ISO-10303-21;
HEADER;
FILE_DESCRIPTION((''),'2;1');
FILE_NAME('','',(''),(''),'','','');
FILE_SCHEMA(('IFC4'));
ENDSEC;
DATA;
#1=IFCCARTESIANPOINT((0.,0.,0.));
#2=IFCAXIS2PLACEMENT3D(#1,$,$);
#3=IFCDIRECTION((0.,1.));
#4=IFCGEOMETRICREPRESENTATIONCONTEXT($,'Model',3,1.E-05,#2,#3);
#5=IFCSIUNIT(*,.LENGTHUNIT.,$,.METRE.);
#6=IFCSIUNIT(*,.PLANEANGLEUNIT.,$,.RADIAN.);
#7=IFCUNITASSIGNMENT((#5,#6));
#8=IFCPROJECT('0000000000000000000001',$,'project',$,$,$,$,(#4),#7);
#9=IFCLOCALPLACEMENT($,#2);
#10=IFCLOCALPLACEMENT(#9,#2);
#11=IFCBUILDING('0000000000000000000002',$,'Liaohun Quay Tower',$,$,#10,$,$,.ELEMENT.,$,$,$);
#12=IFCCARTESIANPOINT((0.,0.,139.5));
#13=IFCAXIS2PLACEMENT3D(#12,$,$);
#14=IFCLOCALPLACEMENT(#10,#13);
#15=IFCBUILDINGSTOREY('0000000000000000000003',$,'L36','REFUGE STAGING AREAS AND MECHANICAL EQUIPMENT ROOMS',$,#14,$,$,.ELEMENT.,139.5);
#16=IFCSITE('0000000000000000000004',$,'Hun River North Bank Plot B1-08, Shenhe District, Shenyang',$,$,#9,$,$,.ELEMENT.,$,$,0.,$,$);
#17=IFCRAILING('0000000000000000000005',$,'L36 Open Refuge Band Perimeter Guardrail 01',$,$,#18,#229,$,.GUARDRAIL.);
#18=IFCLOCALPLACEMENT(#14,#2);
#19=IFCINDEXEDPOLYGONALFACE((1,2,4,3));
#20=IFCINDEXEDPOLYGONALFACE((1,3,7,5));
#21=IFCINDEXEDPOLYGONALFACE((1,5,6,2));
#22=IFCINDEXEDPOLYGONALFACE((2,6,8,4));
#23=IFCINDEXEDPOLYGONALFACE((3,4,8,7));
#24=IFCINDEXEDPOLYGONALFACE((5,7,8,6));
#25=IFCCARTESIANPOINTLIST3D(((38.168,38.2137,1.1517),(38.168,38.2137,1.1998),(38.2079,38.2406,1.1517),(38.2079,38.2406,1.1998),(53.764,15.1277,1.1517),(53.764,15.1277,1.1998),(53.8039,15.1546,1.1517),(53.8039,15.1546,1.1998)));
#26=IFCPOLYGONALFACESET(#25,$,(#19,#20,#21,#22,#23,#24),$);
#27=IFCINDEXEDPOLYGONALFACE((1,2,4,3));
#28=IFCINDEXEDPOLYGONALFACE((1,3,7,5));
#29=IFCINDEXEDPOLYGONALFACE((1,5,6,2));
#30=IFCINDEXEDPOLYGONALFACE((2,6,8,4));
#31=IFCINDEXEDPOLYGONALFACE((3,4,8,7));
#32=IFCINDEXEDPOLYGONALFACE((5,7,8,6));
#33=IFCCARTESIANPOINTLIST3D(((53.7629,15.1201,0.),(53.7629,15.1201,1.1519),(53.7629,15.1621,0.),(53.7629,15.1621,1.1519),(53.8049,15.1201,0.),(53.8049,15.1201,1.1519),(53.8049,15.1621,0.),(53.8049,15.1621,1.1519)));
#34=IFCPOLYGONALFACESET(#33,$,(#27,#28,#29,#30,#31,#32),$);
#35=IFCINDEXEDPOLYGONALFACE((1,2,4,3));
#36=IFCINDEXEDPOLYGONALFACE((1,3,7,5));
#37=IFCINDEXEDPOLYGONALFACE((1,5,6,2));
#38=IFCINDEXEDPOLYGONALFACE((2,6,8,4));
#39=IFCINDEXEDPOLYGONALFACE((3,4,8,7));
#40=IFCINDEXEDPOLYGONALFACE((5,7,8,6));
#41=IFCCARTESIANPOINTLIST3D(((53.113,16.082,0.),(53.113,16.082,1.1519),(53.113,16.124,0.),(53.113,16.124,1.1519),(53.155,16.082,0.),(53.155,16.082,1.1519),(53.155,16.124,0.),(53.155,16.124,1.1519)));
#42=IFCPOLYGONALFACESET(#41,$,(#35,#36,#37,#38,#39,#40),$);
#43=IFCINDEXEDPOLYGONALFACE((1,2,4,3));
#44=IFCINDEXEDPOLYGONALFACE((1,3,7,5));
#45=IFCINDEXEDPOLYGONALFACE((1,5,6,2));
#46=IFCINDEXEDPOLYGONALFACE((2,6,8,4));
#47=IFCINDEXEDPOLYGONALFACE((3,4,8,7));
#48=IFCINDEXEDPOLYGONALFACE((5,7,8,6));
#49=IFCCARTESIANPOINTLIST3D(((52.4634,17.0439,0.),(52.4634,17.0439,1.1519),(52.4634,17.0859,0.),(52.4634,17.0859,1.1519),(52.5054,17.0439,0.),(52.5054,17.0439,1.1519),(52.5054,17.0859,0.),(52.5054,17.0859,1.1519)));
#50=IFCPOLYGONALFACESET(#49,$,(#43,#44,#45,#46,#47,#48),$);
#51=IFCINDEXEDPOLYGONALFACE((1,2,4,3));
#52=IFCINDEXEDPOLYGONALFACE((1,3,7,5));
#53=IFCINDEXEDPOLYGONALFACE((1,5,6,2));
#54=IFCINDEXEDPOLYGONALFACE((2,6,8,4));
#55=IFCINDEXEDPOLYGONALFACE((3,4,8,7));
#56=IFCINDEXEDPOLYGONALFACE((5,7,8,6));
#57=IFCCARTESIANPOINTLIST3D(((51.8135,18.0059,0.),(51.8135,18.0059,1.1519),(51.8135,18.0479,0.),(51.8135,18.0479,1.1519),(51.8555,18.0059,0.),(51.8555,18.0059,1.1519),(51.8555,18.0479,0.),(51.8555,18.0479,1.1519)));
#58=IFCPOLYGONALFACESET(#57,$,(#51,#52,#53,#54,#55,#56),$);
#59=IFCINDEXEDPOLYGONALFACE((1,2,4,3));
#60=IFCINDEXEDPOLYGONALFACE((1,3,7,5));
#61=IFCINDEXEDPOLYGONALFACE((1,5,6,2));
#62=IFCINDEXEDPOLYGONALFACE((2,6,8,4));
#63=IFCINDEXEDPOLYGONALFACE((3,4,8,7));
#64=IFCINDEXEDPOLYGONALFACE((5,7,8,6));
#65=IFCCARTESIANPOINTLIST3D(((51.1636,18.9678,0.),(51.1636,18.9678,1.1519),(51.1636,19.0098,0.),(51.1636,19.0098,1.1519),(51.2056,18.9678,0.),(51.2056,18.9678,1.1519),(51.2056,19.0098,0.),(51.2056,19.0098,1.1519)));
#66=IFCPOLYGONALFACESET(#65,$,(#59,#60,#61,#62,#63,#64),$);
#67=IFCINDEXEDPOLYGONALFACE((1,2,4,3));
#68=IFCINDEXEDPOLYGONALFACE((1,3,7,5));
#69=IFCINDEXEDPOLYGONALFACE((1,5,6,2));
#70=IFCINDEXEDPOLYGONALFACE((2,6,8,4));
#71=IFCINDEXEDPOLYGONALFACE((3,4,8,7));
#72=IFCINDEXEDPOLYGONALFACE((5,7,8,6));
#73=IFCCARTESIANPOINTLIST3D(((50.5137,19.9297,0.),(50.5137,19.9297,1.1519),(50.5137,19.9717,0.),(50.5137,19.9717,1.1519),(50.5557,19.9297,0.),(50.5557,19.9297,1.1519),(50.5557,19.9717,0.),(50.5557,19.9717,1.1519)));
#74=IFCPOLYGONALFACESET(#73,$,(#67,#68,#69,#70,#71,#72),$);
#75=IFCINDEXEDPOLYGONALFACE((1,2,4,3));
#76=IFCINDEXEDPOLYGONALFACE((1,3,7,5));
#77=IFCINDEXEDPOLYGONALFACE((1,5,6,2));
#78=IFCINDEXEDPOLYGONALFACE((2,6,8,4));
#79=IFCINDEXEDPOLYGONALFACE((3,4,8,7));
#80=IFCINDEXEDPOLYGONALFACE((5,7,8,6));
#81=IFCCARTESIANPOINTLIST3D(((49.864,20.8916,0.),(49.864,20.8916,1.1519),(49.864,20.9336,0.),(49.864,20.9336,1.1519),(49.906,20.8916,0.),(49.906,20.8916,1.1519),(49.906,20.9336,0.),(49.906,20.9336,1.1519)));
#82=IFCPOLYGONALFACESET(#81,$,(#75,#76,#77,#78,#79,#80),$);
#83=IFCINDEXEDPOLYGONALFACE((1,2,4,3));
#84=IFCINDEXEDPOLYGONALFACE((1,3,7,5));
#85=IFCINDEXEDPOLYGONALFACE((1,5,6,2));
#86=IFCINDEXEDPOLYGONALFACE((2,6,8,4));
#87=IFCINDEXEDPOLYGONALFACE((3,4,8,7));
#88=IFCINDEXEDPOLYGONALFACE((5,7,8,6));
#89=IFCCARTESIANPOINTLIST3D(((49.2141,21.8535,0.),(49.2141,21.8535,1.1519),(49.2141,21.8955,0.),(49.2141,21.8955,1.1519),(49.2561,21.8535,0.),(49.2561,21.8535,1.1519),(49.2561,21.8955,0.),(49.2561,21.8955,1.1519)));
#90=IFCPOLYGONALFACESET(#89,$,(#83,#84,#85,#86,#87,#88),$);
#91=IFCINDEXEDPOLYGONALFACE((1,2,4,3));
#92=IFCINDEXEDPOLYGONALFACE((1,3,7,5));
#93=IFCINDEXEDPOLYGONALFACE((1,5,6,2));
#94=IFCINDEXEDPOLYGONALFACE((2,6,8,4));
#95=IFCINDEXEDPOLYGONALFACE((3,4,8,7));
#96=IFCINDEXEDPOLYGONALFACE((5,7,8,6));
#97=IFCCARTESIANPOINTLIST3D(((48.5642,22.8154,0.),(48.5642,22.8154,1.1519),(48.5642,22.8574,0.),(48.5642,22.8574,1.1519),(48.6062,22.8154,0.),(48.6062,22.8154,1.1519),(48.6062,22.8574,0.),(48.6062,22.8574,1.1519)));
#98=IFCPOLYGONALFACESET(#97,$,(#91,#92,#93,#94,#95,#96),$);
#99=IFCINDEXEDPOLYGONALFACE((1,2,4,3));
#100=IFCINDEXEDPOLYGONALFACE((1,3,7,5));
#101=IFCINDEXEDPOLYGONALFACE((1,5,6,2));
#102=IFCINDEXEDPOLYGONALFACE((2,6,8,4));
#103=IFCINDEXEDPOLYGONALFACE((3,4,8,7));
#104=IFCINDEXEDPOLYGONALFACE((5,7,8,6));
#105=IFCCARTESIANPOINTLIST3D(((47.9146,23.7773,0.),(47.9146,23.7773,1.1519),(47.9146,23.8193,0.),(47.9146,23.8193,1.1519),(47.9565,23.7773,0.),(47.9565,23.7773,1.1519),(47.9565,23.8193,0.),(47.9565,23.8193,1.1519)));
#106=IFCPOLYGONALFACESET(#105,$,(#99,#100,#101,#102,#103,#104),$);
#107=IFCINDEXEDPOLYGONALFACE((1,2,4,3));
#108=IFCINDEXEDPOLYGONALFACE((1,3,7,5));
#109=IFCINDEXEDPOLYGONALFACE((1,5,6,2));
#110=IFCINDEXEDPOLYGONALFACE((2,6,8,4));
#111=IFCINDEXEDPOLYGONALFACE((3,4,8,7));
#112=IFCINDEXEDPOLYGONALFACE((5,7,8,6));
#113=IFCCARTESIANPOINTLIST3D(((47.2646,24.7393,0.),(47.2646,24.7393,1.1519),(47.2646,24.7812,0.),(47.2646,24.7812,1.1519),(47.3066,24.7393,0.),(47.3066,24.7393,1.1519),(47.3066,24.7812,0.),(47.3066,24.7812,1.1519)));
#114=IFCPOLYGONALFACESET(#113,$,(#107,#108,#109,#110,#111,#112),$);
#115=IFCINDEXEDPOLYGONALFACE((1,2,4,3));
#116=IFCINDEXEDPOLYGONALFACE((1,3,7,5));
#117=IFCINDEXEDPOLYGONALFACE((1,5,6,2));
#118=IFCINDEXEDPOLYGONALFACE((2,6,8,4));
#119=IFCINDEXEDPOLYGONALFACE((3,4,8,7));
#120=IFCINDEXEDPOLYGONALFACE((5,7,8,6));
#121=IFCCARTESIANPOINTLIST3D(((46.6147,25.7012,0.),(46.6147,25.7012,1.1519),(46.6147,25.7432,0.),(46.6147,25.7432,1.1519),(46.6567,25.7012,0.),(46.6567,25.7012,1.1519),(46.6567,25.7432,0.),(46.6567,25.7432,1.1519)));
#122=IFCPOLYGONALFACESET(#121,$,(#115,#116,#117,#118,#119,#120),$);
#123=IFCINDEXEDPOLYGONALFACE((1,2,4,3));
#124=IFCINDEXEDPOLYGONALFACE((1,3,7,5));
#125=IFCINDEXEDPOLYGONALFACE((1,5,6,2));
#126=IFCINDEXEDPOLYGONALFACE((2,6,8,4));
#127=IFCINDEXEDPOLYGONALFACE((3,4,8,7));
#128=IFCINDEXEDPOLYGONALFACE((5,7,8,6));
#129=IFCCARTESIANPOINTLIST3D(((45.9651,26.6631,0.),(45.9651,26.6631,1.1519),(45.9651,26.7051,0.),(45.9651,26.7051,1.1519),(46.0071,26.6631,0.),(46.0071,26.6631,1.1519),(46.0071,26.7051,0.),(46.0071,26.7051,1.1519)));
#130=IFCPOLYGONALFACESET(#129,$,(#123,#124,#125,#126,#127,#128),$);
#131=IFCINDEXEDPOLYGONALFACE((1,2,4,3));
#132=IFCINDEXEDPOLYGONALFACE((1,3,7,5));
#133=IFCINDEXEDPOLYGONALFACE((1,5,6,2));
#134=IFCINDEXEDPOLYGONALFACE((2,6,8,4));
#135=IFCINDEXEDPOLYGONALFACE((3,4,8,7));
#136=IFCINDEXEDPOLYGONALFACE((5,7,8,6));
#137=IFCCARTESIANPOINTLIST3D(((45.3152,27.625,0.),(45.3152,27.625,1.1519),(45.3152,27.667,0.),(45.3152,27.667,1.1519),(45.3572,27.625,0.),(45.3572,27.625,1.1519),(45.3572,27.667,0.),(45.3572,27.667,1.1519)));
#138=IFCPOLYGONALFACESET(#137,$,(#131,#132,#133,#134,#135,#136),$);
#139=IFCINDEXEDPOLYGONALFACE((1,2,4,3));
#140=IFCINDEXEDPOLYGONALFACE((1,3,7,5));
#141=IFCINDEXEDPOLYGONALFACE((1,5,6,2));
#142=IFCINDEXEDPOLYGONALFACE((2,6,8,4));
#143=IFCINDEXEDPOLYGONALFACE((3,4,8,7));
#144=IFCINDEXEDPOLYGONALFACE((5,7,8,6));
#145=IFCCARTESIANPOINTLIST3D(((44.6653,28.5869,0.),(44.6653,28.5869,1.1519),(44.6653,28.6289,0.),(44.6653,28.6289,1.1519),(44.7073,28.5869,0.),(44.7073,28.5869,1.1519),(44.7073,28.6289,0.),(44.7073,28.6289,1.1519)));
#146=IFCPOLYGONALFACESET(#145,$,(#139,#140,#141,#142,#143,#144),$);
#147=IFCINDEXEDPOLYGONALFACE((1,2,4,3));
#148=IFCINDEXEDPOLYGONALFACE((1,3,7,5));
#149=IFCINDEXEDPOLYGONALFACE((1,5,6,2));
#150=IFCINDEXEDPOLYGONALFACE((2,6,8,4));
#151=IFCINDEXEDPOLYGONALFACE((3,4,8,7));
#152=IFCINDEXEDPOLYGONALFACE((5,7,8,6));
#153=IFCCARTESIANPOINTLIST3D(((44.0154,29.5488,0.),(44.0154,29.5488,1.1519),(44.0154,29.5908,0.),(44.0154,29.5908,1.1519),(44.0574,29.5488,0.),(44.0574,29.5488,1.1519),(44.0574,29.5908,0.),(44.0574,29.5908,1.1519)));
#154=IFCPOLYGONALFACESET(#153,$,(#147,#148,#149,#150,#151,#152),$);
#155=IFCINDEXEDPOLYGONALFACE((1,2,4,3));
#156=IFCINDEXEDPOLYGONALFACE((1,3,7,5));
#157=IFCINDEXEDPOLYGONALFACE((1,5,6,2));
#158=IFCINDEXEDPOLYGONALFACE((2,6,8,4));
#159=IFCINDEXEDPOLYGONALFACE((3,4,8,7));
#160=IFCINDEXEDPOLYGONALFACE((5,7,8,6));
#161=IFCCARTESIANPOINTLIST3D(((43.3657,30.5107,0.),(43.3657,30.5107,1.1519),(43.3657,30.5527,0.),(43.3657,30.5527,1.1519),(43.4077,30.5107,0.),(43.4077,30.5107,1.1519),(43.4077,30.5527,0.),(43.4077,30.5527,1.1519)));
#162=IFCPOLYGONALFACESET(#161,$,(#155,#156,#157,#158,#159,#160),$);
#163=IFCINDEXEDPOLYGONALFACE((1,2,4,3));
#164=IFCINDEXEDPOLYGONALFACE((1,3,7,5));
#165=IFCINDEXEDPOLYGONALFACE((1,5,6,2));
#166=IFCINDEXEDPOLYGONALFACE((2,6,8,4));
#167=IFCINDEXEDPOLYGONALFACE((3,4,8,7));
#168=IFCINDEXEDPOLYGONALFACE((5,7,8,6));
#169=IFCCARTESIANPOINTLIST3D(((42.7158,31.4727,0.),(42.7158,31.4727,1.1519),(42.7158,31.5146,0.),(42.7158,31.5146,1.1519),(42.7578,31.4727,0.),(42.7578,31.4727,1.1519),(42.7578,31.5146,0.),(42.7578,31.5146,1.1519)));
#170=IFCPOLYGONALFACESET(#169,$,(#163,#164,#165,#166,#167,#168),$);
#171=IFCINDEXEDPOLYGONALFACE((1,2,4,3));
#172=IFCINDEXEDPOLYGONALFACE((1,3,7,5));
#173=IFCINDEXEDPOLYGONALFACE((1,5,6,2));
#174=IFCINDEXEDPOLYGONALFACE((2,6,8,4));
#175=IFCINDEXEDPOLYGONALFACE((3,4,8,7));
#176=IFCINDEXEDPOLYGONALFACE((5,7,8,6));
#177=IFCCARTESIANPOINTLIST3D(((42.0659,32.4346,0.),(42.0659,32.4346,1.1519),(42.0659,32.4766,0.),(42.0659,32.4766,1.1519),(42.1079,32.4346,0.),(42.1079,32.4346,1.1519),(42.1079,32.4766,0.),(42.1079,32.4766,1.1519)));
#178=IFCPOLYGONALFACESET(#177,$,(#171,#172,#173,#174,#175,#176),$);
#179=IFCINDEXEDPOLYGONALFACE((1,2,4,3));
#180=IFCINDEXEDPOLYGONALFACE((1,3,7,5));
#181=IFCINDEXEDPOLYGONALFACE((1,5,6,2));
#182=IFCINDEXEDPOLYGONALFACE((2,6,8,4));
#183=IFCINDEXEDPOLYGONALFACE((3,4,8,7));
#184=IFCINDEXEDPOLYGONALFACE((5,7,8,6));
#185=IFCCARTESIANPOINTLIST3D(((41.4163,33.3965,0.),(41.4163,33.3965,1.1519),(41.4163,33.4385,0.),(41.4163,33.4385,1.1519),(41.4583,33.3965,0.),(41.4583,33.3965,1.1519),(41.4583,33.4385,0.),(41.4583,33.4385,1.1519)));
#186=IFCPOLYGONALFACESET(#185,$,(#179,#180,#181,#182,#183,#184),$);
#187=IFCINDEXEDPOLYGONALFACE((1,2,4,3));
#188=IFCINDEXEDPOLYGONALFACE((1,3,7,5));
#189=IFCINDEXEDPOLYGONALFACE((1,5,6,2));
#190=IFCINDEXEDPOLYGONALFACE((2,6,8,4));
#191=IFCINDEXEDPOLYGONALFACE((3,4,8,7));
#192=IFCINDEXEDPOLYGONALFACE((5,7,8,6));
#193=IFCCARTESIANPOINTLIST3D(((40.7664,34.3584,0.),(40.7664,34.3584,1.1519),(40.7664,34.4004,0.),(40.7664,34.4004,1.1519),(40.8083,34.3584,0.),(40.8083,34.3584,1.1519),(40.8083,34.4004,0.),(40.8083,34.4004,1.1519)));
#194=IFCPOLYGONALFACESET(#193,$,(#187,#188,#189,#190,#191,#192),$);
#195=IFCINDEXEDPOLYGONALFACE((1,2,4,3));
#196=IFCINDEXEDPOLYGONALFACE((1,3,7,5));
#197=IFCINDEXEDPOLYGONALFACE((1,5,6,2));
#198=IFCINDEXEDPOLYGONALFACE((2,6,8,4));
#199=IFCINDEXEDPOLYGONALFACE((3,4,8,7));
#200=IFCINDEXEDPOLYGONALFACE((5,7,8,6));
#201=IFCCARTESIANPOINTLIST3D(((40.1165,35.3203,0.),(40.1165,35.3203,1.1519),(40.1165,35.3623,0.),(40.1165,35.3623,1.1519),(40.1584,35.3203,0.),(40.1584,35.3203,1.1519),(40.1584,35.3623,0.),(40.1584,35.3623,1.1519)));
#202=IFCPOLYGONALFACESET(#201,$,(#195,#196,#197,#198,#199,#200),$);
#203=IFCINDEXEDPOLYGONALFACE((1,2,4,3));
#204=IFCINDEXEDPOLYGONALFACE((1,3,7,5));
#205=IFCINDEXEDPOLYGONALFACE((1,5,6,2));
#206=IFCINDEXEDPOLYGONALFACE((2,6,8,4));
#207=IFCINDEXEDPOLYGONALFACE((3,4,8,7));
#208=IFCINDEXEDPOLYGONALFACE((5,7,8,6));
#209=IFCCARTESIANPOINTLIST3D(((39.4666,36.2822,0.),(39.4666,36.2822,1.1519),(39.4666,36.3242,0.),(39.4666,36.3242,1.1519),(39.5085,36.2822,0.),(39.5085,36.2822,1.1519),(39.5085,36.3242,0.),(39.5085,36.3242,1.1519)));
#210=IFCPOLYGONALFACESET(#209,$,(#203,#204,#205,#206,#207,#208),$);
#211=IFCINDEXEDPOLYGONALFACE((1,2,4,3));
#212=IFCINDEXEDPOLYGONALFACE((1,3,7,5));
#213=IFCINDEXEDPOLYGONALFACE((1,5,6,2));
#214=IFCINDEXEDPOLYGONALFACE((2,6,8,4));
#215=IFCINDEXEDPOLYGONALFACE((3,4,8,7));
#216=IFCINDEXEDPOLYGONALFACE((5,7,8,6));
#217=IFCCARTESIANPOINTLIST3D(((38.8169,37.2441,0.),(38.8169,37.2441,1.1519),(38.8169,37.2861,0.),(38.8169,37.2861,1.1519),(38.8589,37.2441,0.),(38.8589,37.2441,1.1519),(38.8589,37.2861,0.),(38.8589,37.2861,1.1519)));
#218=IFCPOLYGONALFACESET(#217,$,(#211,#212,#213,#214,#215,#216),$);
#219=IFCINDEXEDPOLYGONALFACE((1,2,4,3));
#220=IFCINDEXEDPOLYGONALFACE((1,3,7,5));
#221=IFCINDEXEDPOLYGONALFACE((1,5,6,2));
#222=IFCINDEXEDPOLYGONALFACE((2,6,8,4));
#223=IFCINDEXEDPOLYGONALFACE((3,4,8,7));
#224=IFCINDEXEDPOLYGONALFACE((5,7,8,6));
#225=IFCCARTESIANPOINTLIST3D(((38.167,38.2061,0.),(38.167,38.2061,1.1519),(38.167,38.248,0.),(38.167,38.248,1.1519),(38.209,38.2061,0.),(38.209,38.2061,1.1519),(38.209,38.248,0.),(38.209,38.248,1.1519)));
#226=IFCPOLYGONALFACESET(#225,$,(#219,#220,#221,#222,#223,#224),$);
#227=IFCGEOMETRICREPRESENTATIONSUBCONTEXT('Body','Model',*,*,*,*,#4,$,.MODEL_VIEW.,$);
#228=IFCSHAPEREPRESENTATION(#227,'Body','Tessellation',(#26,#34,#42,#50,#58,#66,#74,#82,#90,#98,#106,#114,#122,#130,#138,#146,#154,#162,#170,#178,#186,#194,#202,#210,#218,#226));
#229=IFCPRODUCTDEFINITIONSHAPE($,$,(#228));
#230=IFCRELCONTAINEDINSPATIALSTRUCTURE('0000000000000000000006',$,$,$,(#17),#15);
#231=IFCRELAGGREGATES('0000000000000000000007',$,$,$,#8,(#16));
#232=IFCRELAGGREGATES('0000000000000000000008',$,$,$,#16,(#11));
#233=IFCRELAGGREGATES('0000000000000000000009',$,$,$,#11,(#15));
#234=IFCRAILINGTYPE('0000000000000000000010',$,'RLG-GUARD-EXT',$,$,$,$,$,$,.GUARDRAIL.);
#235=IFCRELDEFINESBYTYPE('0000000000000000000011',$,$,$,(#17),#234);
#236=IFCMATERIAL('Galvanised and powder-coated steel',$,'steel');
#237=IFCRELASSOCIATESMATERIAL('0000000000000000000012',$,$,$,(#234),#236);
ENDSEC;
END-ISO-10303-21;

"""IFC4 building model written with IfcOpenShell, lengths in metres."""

from ifc_helpers import new_model, si_unit, direction, frame, origin, origin_2d, place, context, subcontext, project, spatial, rectangle, extrude, material, type_object, element, save


model = new_model("IFC4")

# Units and contexts
model_context = context("Model", 3, precision=1e-05, world=origin(), true_north=direction((0.0, 1.0)))
body_context = subcontext(model_context, "Body", "Model", "MODEL_VIEW")
ifc_project = project(units=[si_unit("LENGTHUNIT", "METRE"), si_unit("PLANEANGLEUNIT", "RADIAN")], contexts=[model_context])

# Site, building, storey
site_placement = place(None, origin())
site = spatial("IfcSite", under=ifc_project, at=site_placement, Name="Hun River North Bank Plot B1-08, Shenhe District, Shenyang", CompositionType="ELEMENT", RefElevation=0.0)
building_placement = place(site_placement, origin())
building = spatial("IfcBuilding", under=site, at=building_placement, Name="Liaohun Quay Tower", CompositionType="ELEMENT")
storey_placement = place(building_placement, frame((0.0, 0.0, 139.5)))
storey = spatial("IfcBuildingStorey", under=building, at=storey_placement, Name="L36", Description="REFUGE STAGING AREAS AND MECHANICAL EQUIPMENT ROOMS", CompositionType="ELEMENT", Elevation=139.5)

# Railing
ifc_material_1 = material(Name="Galvanised and powder-coated steel", Category="steel")
railing_type_1 = type_object("IfcRailingType", Name="RLG-GUARD-EXT", PredefinedType="GUARDRAIL", material=ifc_material_1)
railing_1_placement = place(storey_placement, frame((53.7839, 15.1411, 0.0)))
element("IfcRailing", 1, at=railing_1_placement, inside=storey, type_object=railing_type_1, Name="L36 Open Refuge Band Perimeter Guardrail 01", PredefinedType="GUARDRAIL", context=body_context, shape_type="SweptSolid", body=[
    extrude(rectangle(XDim=0.0481, YDim=0.0481, at=origin_2d()), frame((0.0, 0.0, 1.1758), z_axis=(-0.559792, 0.828633, 0.0), x_axis=(-0.828633, -0.559792, 0.0)), (0.0, 0.0, 1.0), 27.8604),
    extrude(rectangle(XDim=0.042, YDim=0.042, at=origin_2d()), origin(), (0.0, 0.0, 1.0), 1.1519),
    extrude(rectangle(XDim=0.042, YDim=0.042, at=origin_2d()), frame((-0.6499, 0.9619, 0.0)), (0.0, 0.0, 1.0), 1.1519),
    extrude(rectangle(XDim=0.042, YDim=0.042, at=origin_2d()), frame((-1.2996, 1.9238, 0.0)), (0.0, 0.0, 1.0), 1.1519),
    extrude(rectangle(XDim=0.042, YDim=0.042, at=origin_2d()), frame((-1.9495, 2.8857, 0.0)), (0.0, 0.0, 1.0), 1.1519),
    extrude(rectangle(XDim=0.042, YDim=0.042, at=origin_2d()), frame((-2.5994, 3.8477, 0.0)), (0.0, 0.0, 1.0), 1.1519),
    extrude(rectangle(XDim=0.042, YDim=0.042, at=origin_2d()), frame((-3.2493, 4.8096, 0.0)), (0.0, 0.0, 1.0), 1.1519),
    extrude(rectangle(XDim=0.042, YDim=0.042, at=origin_2d()), frame((-3.8989, 5.7715, 0.0)), (0.0, 0.0, 1.0), 1.1519),
    extrude(rectangle(XDim=0.042, YDim=0.042, at=origin_2d()), frame((-4.5488, 6.7334, 0.0)), (0.0, 0.0, 1.0), 1.1519),
    extrude(rectangle(XDim=0.042, YDim=0.042, at=origin_2d()), frame((-5.1987, 7.6953, 0.0)), (0.0, 0.0, 1.0), 1.1519),
    extrude(rectangle(XDim=0.042, YDim=0.042, at=origin_2d()), frame((-5.8484, 8.6572, 0.0)), (0.0, 0.0, 1.0), 1.1519),
    extrude(rectangle(XDim=0.042, YDim=0.042, at=origin_2d()), frame((-6.4983, 9.6191, 0.0)), (0.0, 0.0, 1.0), 1.1519),
    extrude(rectangle(XDim=0.042, YDim=0.042, at=origin_2d()), frame((-7.1482, 10.5811, 0.0)), (0.0, 0.0, 1.0), 1.1519),
    extrude(rectangle(XDim=0.042, YDim=0.042, at=origin_2d()), frame((-7.7979, 11.543, 0.0)), (0.0, 0.0, 1.0), 1.1519),
    extrude(rectangle(XDim=0.042, YDim=0.042, at=origin_2d()), frame((-8.4478, 12.5049, 0.0)), (0.0, 0.0, 1.0), 1.1519),
    extrude(rectangle(XDim=0.042, YDim=0.042, at=origin_2d()), frame((-9.0977, 13.4668, 0.0)), (0.0, 0.0, 1.0), 1.1519),
    extrude(rectangle(XDim=0.042, YDim=0.042, at=origin_2d()), frame((-9.7476, 14.4287, 0.0)), (0.0, 0.0, 1.0), 1.1519),
    extrude(rectangle(XDim=0.042, YDim=0.042, at=origin_2d()), frame((-10.3972, 15.3906, 0.0)), (0.0, 0.0, 1.0), 1.1519),
    extrude(rectangle(XDim=0.042, YDim=0.042, at=origin_2d()), frame((-11.0471, 16.3525, 0.0)), (0.0, 0.0, 1.0), 1.1519),
    extrude(rectangle(XDim=0.042, YDim=0.042, at=origin_2d()), frame((-11.697, 17.3145, 0.0)), (0.0, 0.0, 1.0), 1.1519),
    extrude(rectangle(XDim=0.042, YDim=0.042, at=origin_2d()), frame((-12.3467, 18.2764, 0.0)), (0.0, 0.0, 1.0), 1.1519),
    extrude(rectangle(XDim=0.042, YDim=0.042, at=origin_2d()), frame((-12.9966, 19.2383, 0.0)), (0.0, 0.0, 1.0), 1.1519),
    extrude(rectangle(XDim=0.042, YDim=0.042, at=origin_2d()), frame((-13.6465, 20.2002, 0.0)), (0.0, 0.0, 1.0), 1.1519),
    extrude(rectangle(XDim=0.042, YDim=0.042, at=origin_2d()), frame((-14.2964, 21.1621, 0.0)), (0.0, 0.0, 1.0), 1.1519),
    extrude(rectangle(XDim=0.042, YDim=0.042, at=origin_2d()), frame((-14.946, 22.124, 0.0)), (0.0, 0.0, 1.0), 1.1519),
    extrude(rectangle(XDim=0.042, YDim=0.042, at=origin_2d()), frame((-15.5959, 23.0859, 0.0)), (0.0, 0.0, 1.0), 1.1519),
])

save(model, "model.ifc")
